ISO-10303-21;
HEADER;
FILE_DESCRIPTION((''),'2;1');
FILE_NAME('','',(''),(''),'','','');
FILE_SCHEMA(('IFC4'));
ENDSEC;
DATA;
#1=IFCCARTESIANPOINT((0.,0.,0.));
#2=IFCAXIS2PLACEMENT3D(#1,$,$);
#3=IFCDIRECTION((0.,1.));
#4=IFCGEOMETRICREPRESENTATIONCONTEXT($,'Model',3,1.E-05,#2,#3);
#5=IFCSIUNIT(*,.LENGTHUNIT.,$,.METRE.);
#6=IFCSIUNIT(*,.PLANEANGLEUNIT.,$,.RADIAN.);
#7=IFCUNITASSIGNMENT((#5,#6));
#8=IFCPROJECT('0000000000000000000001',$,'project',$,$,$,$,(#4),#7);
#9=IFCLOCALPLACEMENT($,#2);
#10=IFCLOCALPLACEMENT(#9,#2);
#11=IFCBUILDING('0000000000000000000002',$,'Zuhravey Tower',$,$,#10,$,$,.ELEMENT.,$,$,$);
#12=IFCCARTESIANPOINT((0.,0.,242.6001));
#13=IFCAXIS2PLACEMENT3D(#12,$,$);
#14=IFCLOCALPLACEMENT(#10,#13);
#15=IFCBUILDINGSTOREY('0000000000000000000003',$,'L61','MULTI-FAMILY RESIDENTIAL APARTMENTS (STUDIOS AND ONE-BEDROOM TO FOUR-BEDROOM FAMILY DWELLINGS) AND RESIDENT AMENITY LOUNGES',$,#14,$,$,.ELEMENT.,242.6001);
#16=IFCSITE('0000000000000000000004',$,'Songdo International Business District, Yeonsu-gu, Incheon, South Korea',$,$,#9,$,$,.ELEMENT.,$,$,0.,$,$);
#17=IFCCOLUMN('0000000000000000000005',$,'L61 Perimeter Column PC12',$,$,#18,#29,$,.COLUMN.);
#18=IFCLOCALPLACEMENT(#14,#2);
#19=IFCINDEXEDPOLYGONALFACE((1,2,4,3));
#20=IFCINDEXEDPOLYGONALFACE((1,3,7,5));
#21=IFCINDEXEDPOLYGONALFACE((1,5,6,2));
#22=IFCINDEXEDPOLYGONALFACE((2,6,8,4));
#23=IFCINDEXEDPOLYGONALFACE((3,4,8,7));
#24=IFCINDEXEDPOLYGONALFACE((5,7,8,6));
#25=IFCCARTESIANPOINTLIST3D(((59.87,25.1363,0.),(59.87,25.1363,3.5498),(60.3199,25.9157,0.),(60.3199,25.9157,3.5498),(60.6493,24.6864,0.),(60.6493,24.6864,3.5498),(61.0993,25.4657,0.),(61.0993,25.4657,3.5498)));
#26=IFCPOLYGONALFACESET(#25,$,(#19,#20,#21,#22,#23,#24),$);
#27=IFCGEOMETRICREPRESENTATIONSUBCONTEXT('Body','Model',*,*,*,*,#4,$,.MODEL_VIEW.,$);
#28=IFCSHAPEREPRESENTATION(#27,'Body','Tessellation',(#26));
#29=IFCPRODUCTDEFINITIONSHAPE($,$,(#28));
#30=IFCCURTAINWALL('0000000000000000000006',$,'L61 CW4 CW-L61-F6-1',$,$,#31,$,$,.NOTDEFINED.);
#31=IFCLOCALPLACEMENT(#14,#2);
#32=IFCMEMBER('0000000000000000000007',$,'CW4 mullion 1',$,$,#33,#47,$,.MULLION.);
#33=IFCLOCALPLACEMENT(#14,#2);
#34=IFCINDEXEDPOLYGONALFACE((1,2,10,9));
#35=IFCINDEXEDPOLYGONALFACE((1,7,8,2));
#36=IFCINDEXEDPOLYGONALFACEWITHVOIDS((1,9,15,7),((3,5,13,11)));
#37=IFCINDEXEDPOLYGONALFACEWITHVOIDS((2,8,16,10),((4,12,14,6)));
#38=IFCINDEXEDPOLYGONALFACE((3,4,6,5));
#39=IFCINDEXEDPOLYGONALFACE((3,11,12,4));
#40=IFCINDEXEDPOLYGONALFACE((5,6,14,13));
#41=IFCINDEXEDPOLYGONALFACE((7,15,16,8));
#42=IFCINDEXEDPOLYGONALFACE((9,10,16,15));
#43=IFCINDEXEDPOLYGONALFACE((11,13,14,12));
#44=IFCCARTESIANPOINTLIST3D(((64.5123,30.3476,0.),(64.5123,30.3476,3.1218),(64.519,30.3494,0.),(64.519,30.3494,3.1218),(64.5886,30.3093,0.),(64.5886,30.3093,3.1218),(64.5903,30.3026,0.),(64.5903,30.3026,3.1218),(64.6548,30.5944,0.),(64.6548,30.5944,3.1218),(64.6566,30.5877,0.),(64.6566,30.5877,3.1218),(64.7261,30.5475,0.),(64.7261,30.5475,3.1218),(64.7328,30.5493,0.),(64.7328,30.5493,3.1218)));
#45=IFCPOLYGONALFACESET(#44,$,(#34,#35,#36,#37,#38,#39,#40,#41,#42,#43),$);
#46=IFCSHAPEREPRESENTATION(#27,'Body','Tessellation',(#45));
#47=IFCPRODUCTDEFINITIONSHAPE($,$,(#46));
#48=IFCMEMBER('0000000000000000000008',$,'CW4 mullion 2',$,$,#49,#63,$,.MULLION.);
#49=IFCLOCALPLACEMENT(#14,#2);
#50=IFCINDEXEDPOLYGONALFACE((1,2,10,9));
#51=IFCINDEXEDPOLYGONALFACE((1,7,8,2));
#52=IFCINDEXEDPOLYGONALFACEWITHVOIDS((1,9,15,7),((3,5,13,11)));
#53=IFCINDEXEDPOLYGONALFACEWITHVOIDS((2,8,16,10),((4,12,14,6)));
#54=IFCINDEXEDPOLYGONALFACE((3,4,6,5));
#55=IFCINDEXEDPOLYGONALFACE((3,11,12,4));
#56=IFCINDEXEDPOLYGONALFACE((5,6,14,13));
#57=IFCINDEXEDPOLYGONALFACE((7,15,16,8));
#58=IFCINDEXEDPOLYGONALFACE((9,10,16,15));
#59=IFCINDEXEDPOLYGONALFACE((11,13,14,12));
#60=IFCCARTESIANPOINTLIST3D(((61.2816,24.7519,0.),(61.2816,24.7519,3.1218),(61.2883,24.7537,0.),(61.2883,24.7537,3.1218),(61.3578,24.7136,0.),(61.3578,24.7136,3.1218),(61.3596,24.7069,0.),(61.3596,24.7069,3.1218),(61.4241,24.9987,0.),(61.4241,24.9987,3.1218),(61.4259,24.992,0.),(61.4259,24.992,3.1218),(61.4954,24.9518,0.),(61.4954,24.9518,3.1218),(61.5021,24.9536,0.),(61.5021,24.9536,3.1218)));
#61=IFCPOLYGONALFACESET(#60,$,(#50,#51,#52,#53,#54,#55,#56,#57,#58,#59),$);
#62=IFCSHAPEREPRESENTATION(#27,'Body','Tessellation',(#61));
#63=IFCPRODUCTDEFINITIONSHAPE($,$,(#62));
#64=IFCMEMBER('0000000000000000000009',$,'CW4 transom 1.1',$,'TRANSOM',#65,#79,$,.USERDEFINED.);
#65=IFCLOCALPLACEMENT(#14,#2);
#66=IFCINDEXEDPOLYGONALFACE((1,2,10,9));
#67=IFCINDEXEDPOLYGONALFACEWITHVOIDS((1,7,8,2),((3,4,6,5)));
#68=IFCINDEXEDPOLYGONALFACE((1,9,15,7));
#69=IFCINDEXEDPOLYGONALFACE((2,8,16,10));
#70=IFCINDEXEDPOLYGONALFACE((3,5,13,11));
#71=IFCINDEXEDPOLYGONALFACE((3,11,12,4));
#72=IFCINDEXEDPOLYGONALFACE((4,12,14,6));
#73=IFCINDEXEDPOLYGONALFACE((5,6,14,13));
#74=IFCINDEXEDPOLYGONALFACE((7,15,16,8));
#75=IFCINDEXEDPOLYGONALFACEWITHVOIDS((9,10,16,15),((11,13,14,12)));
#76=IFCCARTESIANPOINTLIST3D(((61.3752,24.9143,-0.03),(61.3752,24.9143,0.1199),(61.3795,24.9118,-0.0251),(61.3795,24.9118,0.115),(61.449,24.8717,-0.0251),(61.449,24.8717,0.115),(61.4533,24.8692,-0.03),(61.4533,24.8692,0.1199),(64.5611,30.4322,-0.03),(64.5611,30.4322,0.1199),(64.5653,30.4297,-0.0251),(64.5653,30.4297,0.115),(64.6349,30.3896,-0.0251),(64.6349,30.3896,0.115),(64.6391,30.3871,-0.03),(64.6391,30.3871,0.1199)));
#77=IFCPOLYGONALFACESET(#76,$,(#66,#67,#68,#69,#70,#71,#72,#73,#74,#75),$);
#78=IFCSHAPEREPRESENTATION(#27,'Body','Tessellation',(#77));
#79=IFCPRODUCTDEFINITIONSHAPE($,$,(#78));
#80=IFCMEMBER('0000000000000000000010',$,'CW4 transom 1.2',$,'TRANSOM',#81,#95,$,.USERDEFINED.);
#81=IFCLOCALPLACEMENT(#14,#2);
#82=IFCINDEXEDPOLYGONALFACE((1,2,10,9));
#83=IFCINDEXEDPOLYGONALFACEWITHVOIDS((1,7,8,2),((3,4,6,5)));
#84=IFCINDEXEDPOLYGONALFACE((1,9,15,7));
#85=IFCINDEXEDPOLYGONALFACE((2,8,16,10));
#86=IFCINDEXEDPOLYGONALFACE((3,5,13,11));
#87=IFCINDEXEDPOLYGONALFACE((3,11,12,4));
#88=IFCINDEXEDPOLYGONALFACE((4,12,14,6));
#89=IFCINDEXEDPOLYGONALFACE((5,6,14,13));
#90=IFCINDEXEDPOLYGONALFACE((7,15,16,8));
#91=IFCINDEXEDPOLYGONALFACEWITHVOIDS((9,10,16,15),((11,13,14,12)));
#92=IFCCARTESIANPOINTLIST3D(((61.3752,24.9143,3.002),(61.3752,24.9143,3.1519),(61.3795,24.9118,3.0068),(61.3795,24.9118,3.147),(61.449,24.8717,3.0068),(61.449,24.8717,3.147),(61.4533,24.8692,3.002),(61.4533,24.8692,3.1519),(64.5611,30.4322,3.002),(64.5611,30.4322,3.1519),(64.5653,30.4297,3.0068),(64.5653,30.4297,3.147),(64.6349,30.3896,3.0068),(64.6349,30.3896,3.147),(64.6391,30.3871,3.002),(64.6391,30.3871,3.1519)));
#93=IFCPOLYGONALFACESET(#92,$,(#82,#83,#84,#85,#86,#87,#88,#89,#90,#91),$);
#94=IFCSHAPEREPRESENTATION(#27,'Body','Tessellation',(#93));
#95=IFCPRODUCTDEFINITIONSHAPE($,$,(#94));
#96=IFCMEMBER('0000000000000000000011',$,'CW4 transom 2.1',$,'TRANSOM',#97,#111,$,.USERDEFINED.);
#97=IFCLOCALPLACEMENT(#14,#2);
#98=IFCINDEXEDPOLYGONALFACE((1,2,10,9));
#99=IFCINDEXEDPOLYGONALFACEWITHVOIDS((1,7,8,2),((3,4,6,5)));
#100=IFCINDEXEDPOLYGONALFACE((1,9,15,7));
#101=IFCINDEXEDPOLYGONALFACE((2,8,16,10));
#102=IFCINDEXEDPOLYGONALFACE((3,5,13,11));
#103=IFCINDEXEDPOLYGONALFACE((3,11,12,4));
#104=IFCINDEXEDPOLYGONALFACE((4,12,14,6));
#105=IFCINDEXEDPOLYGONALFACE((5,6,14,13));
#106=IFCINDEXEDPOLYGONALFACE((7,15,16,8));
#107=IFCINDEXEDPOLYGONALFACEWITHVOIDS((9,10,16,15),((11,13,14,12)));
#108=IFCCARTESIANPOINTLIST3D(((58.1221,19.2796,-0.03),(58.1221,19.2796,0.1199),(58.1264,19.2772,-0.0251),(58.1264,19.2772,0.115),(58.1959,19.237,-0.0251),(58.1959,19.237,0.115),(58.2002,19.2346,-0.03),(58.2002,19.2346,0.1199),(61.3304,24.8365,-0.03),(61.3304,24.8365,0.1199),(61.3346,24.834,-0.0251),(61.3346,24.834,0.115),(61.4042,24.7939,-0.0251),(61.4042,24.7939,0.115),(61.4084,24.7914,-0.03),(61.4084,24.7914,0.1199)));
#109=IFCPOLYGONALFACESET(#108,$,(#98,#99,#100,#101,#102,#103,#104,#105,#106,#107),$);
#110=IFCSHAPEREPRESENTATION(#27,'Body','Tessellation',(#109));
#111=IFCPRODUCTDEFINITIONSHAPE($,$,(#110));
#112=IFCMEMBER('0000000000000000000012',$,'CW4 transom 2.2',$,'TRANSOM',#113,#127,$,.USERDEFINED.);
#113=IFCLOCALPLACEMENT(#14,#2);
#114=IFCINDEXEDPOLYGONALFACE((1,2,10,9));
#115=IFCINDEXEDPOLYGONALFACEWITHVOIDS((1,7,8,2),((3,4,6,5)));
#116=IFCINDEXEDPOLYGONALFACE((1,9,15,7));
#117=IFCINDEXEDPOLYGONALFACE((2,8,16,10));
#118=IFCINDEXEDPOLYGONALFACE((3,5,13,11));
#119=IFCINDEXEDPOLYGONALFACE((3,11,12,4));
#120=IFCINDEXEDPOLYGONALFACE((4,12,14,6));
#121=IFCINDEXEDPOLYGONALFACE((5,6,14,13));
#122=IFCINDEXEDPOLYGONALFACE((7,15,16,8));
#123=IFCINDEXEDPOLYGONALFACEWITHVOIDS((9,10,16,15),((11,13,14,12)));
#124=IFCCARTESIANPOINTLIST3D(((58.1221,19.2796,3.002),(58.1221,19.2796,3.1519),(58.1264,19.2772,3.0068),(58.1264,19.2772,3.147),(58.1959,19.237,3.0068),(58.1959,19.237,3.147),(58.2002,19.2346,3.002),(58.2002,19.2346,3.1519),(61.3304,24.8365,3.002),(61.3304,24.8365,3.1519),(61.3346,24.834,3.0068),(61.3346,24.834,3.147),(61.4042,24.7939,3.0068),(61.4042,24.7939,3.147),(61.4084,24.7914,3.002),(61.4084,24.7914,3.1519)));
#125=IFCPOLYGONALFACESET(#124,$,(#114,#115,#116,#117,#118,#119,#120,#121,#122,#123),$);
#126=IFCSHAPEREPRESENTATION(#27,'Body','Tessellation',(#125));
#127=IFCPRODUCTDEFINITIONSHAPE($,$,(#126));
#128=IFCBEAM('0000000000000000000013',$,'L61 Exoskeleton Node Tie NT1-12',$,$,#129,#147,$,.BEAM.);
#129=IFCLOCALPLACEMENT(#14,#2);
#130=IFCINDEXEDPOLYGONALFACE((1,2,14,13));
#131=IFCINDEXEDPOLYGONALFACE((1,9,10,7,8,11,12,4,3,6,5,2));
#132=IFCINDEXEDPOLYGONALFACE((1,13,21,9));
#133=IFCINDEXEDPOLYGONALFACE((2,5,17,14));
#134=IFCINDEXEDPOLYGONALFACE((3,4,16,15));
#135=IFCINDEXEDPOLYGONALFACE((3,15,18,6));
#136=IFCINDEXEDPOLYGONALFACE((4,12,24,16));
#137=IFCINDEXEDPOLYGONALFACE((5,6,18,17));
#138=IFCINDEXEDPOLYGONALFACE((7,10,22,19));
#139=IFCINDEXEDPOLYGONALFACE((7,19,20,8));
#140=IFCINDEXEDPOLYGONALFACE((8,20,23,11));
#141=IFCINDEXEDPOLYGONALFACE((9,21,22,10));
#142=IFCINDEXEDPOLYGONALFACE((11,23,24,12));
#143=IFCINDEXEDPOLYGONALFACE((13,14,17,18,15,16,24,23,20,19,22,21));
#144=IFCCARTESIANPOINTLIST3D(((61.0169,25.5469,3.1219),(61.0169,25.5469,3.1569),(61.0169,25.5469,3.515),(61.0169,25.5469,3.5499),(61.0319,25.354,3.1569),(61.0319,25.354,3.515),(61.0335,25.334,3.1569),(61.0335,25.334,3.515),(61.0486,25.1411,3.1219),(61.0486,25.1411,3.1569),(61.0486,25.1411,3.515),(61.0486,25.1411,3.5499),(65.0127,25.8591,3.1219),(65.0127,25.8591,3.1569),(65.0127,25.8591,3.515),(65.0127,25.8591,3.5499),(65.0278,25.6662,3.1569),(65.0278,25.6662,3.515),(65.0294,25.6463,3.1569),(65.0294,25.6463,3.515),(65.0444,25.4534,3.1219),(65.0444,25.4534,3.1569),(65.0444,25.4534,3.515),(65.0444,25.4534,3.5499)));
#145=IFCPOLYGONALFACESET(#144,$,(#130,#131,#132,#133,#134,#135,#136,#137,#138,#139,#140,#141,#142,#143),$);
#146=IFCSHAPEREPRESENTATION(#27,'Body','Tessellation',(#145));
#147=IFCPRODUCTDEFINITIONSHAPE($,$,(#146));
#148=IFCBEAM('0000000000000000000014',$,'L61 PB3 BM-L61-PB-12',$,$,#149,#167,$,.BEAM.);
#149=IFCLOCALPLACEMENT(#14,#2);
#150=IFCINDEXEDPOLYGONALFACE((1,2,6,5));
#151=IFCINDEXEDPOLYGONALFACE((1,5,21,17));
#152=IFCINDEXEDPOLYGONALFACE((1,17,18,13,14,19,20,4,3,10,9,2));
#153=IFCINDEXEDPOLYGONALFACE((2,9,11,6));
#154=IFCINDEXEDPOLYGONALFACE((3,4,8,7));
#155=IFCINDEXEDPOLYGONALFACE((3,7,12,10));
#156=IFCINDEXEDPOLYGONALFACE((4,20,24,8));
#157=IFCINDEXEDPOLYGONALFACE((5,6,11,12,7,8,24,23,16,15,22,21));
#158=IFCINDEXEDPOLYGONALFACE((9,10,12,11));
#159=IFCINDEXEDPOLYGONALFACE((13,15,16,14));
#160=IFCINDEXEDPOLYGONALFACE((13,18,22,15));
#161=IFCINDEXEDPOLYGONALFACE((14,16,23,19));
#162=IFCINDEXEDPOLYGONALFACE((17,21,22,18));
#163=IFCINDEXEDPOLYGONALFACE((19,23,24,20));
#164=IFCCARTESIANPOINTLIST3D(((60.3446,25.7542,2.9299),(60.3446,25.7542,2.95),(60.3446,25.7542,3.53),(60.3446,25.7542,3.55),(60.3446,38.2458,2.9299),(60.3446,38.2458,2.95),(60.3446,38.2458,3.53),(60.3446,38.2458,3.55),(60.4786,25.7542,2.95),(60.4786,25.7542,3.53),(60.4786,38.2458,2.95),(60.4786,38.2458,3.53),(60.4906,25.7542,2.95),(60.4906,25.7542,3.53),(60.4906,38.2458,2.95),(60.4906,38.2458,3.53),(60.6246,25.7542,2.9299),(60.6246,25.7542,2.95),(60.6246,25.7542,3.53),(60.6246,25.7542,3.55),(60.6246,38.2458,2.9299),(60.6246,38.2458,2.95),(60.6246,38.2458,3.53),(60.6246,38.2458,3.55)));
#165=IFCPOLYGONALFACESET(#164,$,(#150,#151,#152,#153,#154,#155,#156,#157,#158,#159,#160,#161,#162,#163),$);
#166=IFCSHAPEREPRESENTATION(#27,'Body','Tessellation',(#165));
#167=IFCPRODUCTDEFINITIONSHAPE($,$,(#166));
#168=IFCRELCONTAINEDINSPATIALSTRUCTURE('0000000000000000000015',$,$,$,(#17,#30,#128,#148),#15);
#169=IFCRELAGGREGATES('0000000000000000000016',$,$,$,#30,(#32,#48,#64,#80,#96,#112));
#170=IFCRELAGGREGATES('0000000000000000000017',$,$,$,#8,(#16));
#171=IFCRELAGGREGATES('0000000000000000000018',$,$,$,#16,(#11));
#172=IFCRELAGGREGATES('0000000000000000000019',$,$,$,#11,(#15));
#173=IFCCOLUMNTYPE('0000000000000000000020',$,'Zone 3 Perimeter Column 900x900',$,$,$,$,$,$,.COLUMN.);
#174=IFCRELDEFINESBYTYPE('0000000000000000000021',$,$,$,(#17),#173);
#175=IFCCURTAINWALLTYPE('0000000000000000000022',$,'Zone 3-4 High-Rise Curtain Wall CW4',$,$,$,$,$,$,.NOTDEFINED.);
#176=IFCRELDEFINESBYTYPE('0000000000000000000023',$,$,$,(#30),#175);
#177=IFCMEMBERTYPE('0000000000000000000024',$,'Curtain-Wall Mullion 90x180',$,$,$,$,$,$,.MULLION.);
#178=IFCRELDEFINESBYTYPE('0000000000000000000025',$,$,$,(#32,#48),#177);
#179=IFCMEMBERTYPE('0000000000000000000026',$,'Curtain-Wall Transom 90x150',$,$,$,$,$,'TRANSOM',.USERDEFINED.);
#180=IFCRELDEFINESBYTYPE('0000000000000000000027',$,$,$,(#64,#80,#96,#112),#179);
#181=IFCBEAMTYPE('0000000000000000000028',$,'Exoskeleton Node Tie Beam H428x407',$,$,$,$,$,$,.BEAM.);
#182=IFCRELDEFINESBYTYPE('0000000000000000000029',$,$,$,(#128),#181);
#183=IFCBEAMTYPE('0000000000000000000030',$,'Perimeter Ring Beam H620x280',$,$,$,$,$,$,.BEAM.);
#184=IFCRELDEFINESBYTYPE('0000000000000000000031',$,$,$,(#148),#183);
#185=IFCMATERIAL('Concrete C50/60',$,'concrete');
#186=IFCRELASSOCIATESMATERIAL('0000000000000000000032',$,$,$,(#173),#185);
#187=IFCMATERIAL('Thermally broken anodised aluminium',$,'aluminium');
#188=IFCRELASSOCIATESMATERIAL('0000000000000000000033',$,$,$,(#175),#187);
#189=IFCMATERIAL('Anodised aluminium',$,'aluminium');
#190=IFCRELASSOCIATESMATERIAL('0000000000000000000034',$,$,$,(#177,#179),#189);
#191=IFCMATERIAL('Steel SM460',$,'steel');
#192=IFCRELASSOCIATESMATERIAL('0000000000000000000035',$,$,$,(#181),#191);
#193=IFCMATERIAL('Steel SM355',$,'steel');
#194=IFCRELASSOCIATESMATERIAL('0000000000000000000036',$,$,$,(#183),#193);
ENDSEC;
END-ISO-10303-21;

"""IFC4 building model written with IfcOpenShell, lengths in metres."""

from ifc_helpers import new_model, si_unit, direction, frame, origin, origin_2d, place, context, subcontext, project, spatial, rectangle, hollow_rectangle, i_section, extrude, material, material_profile, profile_set, type_object, element, aggregate, save


model = new_model("IFC4")

# Units and contexts
model_context = context("Model", 3, precision=1e-05, world=origin(), true_north=direction((0.0, 1.0)))
body_context = subcontext(model_context, "Body", "Model", "MODEL_VIEW")
ifc_project = project(units=[si_unit("LENGTHUNIT", "METRE"), si_unit("PLANEANGLEUNIT", "RADIAN")], contexts=[model_context])

# Site, building, storey
site_placement = place(None, origin())
site = spatial("IfcSite", under=ifc_project, at=site_placement, Name="Songdo International Business District, Yeonsu-gu, Incheon, South Korea", CompositionType="ELEMENT", RefElevation=0.0)
building_placement = place(site_placement, origin())
building = spatial("IfcBuilding", under=site, at=building_placement, Name="Zuhravey Tower", CompositionType="ELEMENT")
storey_placement = place(building_placement, frame((0.0, 0.0, 242.6001)))
storey = spatial("IfcBuildingStorey", under=building, at=storey_placement, Name="L61", Description="MULTI-FAMILY RESIDENTIAL APARTMENTS (STUDIOS AND ONE-BEDROOM TO FOUR-BEDROOM FAMILY DWELLINGS) AND RESIDENT AMENITY LOUNGES", CompositionType="ELEMENT", Elevation=242.6001)

# Column
ifc_material_1 = material(Name="Concrete C50/60", Category="concrete")
ifc_material_profile_1 = material_profile(ifc_material_1, rectangle(XDim=0.8999, YDim=0.8999, at=origin_2d()), Name="RC-900x900")
ifc_profile_set_1 = profile_set([ifc_material_profile_1], Name="Concrete C50/60")
column_type = type_object("IfcColumnType", Name="Zone 3 Perimeter Column 900x900", PredefinedType="COLUMN", material=ifc_profile_set_1)
column_placement = place(storey_placement, frame((60.4846, 25.301, 0.0), z_axis=(0.0, 0.0, 1.0), x_axis=(0.5, 0.866025, 0.0)))
element("IfcColumn", 1, at=column_placement, inside=storey, type_object=column_type, Name="L61 Perimeter Column PC12", PredefinedType="COLUMN", context=body_context, shape_type="SweptSolid", body=[
    extrude(rectangle(XDim=0.8999, YDim=0.8999, at=origin_2d()), origin(), (0.0, 0.0, 1.0), 3.5498),
])

# Curtain wall, members
ifc_material_2 = material(Name="Thermally broken anodised aluminium", Category="aluminium")
curtain_wall_type = type_object("IfcCurtainWallType", Name="Zone 3-4 High-Rise Curtain Wall CW4", PredefinedType="NOTDEFINED", material=ifc_material_2)
curtain_wall_placement = place(storey_placement, origin())
curtain_wall = element("IfcCurtainWall", 2, at=curtain_wall_placement, inside=storey, type_object=curtain_wall_type, Name="L61 CW4 CW-L61-F6-1", PredefinedType="NOTDEFINED")
ifc_material_3 = material(Name="Anodised aluminium", Category="aluminium")
ifc_material_profile_2 = material_profile(ifc_material_3, hollow_rectangle(XDim=0.0901, YDim=0.2849, WallThickness=0.0049, at=origin_2d()), Name="ALU-RHS-90x285x5")
ifc_profile_set_2 = profile_set([ifc_material_profile_2], Name="Anodised aluminium")
member_type_1 = type_object("IfcMemberType", Name="Curtain-Wall Mullion 90x180", PredefinedType="MULLION", material=ifc_profile_set_2)
member_1_placement = place(storey_placement, frame((64.6226, 30.4485, 0.0), z_axis=(0.0, 0.0, 1.0), x_axis=(0.866025, -0.500001, 0.0)))
member_1 = element("IfcMember", 3, at=member_1_placement, type_object=member_type_1, Name="CW4 mullion 1", PredefinedType="MULLION", context=body_context, shape_type="SweptSolid", body=[
    extrude(hollow_rectangle(XDim=0.0901, YDim=0.2849, WallThickness=0.0049, at=origin_2d()), origin(), (0.0, 0.0, 1.0), 3.1218),
])
member_2_placement = place(storey_placement, frame((61.3918, 24.8528, 0.0), z_axis=(0.0, 0.0, 1.0), x_axis=(0.866025, -0.500001, 0.0)))
member_2 = element("IfcMember", 4, at=member_2_placement, type_object=member_type_1, Name="CW4 mullion 2", PredefinedType="MULLION", context=body_context, shape_type="SweptSolid", body=[
    extrude(hollow_rectangle(XDim=0.0901, YDim=0.2849, WallThickness=0.0049, at=origin_2d()), origin(), (0.0, 0.0, 1.0), 3.1218),
])
ifc_material_profile_3 = material_profile(ifc_material_3, hollow_rectangle(XDim=0.0901, YDim=0.1499, WallThickness=0.0049, at=origin_2d()), Name="ALU-RHS-90x150x5")
ifc_profile_set_3 = profile_set([ifc_material_profile_3], Name="Anodised aluminium")
member_type_2 = type_object("IfcMemberType", Name="Curtain-Wall Transom 90x150", ElementType="TRANSOM", PredefinedType="USERDEFINED", material=ifc_profile_set_3)
member_3_placement = place(storey_placement, frame((64.6001, 30.4097, 0.0449), z_axis=(-0.500009, -0.86602, 0.0), x_axis=(0.86602, -0.500009, 0.0)))
member_3 = element("IfcMember", 5, at=member_3_placement, type_object=member_type_2, Name="CW4 transom 1.1", ObjectType="TRANSOM", PredefinedType="USERDEFINED", context=body_context, shape_type="SweptSolid", body=[
    extrude(hollow_rectangle(XDim=0.0901, YDim=0.1499, WallThickness=0.0049, at=origin_2d()), origin(), (0.0, 0.0, 1.0), 6.3716),
])
member_4_placement = place(storey_placement, frame((64.6001, 30.4097, 3.0769), z_axis=(-0.500009, -0.86602, 0.0), x_axis=(0.86602, -0.500009, 0.0)))
member_4 = element("IfcMember", 6, at=member_4_placement, type_object=member_type_2, Name="CW4 transom 1.2", ObjectType="TRANSOM", PredefinedType="USERDEFINED", context=body_context, shape_type="SweptSolid", body=[
    extrude(hollow_rectangle(XDim=0.0901, YDim=0.1499, WallThickness=0.0049, at=origin_2d()), origin(), (0.0, 0.0, 1.0), 6.3716),
])
member_5_placement = place(storey_placement, frame((61.3694, 24.814, 0.0449), z_axis=(-0.499998, -0.866027, 0.0), x_axis=(0.866027, -0.499998, 0.0)))
member_5 = element("IfcMember", 7, at=member_5_placement, type_object=member_type_2, Name="CW4 transom 2.1", ObjectType="TRANSOM", PredefinedType="USERDEFINED", context=body_context, shape_type="SweptSolid", body=[
    extrude(hollow_rectangle(XDim=0.0901, YDim=0.1499, WallThickness=0.0049, at=origin_2d()), origin(), (0.0, 0.0, 1.0), 6.4165),
])
member_6_placement = place(storey_placement, frame((61.3694, 24.814, 3.0769), z_axis=(-0.499998, -0.866027, 0.0), x_axis=(0.866027, -0.499998, 0.0)))
member_6 = element("IfcMember", 8, at=member_6_placement, type_object=member_type_2, Name="CW4 transom 2.2", ObjectType="TRANSOM", PredefinedType="USERDEFINED", context=body_context, shape_type="SweptSolid", body=[
    extrude(hollow_rectangle(XDim=0.0901, YDim=0.1499, WallThickness=0.0049, at=origin_2d()), origin(), (0.0, 0.0, 1.0), 6.4165),
])

# Beams
ifc_material_4 = material(Name="Steel SM460", Category="steel")
ifc_material_profile_4 = material_profile(ifc_material_4, i_section(OverallWidth=0.407, OverallDepth=0.428, WebThickness=0.02, FlangeThickness=0.0349, at=origin_2d()), Name="H-428x407x20x35")
ifc_profile_set_4 = profile_set([ifc_material_profile_4], Name="Steel SM460")
beam_type_1 = type_object("IfcBeamType", Name="Exoskeleton Node Tie Beam H428x407", PredefinedType="BEAM", material=ifc_profile_set_4)
beam_1_placement = place(storey_placement, frame((61.0327, 25.344, 3.3359), z_axis=(0.996961, 0.077908, 0.0), x_axis=(-0.077908, 0.996961, 0.0)))
element("IfcBeam", 9, at=beam_1_placement, inside=storey, type_object=beam_type_1, Name="L61 Exoskeleton Node Tie NT1-12", PredefinedType="BEAM", context=body_context, shape_type="SweptSolid", body=[
    extrude(i_section(OverallWidth=0.407, OverallDepth=0.428, WebThickness=0.02, FlangeThickness=0.0349, at=origin_2d()), origin(), (0.0, 0.0, 1.0), 4.0081),
])
ifc_material_5 = material(Name="Steel SM355", Category="steel")
ifc_material_profile_5 = material_profile(ifc_material_5, i_section(OverallWidth=0.28, OverallDepth=0.6201, WebThickness=0.012, FlangeThickness=0.02, at=origin_2d()), Name="H-620x280x12x20")
ifc_profile_set_5 = profile_set([ifc_material_profile_5], Name="Steel SM355")
beam_type_2 = type_object("IfcBeamType", Name="Perimeter Ring Beam H620x280", PredefinedType="BEAM", material=ifc_profile_set_5)
beam_2_placement = place(storey_placement, frame((60.4846, 25.7542, 3.24), z_axis=(0.0, 1.0, 0.0), x_axis=(-1.0, 0.0, 0.0)))
element("IfcBeam", 10, at=beam_2_placement, inside=storey, type_object=beam_type_2, Name="L61 PB3 BM-L61-PB-12", PredefinedType="BEAM", context=body_context, shape_type="SweptSolid", body=[
    extrude(i_section(OverallWidth=0.28, OverallDepth=0.6201, WebThickness=0.012, FlangeThickness=0.02, at=origin_2d()), origin(), (0.0, 0.0, 1.0), 12.4917),
])

aggregate(curtain_wall, [member_1, member_2, member_3, member_4, member_5, member_6])

save(model, "model.ifc")
